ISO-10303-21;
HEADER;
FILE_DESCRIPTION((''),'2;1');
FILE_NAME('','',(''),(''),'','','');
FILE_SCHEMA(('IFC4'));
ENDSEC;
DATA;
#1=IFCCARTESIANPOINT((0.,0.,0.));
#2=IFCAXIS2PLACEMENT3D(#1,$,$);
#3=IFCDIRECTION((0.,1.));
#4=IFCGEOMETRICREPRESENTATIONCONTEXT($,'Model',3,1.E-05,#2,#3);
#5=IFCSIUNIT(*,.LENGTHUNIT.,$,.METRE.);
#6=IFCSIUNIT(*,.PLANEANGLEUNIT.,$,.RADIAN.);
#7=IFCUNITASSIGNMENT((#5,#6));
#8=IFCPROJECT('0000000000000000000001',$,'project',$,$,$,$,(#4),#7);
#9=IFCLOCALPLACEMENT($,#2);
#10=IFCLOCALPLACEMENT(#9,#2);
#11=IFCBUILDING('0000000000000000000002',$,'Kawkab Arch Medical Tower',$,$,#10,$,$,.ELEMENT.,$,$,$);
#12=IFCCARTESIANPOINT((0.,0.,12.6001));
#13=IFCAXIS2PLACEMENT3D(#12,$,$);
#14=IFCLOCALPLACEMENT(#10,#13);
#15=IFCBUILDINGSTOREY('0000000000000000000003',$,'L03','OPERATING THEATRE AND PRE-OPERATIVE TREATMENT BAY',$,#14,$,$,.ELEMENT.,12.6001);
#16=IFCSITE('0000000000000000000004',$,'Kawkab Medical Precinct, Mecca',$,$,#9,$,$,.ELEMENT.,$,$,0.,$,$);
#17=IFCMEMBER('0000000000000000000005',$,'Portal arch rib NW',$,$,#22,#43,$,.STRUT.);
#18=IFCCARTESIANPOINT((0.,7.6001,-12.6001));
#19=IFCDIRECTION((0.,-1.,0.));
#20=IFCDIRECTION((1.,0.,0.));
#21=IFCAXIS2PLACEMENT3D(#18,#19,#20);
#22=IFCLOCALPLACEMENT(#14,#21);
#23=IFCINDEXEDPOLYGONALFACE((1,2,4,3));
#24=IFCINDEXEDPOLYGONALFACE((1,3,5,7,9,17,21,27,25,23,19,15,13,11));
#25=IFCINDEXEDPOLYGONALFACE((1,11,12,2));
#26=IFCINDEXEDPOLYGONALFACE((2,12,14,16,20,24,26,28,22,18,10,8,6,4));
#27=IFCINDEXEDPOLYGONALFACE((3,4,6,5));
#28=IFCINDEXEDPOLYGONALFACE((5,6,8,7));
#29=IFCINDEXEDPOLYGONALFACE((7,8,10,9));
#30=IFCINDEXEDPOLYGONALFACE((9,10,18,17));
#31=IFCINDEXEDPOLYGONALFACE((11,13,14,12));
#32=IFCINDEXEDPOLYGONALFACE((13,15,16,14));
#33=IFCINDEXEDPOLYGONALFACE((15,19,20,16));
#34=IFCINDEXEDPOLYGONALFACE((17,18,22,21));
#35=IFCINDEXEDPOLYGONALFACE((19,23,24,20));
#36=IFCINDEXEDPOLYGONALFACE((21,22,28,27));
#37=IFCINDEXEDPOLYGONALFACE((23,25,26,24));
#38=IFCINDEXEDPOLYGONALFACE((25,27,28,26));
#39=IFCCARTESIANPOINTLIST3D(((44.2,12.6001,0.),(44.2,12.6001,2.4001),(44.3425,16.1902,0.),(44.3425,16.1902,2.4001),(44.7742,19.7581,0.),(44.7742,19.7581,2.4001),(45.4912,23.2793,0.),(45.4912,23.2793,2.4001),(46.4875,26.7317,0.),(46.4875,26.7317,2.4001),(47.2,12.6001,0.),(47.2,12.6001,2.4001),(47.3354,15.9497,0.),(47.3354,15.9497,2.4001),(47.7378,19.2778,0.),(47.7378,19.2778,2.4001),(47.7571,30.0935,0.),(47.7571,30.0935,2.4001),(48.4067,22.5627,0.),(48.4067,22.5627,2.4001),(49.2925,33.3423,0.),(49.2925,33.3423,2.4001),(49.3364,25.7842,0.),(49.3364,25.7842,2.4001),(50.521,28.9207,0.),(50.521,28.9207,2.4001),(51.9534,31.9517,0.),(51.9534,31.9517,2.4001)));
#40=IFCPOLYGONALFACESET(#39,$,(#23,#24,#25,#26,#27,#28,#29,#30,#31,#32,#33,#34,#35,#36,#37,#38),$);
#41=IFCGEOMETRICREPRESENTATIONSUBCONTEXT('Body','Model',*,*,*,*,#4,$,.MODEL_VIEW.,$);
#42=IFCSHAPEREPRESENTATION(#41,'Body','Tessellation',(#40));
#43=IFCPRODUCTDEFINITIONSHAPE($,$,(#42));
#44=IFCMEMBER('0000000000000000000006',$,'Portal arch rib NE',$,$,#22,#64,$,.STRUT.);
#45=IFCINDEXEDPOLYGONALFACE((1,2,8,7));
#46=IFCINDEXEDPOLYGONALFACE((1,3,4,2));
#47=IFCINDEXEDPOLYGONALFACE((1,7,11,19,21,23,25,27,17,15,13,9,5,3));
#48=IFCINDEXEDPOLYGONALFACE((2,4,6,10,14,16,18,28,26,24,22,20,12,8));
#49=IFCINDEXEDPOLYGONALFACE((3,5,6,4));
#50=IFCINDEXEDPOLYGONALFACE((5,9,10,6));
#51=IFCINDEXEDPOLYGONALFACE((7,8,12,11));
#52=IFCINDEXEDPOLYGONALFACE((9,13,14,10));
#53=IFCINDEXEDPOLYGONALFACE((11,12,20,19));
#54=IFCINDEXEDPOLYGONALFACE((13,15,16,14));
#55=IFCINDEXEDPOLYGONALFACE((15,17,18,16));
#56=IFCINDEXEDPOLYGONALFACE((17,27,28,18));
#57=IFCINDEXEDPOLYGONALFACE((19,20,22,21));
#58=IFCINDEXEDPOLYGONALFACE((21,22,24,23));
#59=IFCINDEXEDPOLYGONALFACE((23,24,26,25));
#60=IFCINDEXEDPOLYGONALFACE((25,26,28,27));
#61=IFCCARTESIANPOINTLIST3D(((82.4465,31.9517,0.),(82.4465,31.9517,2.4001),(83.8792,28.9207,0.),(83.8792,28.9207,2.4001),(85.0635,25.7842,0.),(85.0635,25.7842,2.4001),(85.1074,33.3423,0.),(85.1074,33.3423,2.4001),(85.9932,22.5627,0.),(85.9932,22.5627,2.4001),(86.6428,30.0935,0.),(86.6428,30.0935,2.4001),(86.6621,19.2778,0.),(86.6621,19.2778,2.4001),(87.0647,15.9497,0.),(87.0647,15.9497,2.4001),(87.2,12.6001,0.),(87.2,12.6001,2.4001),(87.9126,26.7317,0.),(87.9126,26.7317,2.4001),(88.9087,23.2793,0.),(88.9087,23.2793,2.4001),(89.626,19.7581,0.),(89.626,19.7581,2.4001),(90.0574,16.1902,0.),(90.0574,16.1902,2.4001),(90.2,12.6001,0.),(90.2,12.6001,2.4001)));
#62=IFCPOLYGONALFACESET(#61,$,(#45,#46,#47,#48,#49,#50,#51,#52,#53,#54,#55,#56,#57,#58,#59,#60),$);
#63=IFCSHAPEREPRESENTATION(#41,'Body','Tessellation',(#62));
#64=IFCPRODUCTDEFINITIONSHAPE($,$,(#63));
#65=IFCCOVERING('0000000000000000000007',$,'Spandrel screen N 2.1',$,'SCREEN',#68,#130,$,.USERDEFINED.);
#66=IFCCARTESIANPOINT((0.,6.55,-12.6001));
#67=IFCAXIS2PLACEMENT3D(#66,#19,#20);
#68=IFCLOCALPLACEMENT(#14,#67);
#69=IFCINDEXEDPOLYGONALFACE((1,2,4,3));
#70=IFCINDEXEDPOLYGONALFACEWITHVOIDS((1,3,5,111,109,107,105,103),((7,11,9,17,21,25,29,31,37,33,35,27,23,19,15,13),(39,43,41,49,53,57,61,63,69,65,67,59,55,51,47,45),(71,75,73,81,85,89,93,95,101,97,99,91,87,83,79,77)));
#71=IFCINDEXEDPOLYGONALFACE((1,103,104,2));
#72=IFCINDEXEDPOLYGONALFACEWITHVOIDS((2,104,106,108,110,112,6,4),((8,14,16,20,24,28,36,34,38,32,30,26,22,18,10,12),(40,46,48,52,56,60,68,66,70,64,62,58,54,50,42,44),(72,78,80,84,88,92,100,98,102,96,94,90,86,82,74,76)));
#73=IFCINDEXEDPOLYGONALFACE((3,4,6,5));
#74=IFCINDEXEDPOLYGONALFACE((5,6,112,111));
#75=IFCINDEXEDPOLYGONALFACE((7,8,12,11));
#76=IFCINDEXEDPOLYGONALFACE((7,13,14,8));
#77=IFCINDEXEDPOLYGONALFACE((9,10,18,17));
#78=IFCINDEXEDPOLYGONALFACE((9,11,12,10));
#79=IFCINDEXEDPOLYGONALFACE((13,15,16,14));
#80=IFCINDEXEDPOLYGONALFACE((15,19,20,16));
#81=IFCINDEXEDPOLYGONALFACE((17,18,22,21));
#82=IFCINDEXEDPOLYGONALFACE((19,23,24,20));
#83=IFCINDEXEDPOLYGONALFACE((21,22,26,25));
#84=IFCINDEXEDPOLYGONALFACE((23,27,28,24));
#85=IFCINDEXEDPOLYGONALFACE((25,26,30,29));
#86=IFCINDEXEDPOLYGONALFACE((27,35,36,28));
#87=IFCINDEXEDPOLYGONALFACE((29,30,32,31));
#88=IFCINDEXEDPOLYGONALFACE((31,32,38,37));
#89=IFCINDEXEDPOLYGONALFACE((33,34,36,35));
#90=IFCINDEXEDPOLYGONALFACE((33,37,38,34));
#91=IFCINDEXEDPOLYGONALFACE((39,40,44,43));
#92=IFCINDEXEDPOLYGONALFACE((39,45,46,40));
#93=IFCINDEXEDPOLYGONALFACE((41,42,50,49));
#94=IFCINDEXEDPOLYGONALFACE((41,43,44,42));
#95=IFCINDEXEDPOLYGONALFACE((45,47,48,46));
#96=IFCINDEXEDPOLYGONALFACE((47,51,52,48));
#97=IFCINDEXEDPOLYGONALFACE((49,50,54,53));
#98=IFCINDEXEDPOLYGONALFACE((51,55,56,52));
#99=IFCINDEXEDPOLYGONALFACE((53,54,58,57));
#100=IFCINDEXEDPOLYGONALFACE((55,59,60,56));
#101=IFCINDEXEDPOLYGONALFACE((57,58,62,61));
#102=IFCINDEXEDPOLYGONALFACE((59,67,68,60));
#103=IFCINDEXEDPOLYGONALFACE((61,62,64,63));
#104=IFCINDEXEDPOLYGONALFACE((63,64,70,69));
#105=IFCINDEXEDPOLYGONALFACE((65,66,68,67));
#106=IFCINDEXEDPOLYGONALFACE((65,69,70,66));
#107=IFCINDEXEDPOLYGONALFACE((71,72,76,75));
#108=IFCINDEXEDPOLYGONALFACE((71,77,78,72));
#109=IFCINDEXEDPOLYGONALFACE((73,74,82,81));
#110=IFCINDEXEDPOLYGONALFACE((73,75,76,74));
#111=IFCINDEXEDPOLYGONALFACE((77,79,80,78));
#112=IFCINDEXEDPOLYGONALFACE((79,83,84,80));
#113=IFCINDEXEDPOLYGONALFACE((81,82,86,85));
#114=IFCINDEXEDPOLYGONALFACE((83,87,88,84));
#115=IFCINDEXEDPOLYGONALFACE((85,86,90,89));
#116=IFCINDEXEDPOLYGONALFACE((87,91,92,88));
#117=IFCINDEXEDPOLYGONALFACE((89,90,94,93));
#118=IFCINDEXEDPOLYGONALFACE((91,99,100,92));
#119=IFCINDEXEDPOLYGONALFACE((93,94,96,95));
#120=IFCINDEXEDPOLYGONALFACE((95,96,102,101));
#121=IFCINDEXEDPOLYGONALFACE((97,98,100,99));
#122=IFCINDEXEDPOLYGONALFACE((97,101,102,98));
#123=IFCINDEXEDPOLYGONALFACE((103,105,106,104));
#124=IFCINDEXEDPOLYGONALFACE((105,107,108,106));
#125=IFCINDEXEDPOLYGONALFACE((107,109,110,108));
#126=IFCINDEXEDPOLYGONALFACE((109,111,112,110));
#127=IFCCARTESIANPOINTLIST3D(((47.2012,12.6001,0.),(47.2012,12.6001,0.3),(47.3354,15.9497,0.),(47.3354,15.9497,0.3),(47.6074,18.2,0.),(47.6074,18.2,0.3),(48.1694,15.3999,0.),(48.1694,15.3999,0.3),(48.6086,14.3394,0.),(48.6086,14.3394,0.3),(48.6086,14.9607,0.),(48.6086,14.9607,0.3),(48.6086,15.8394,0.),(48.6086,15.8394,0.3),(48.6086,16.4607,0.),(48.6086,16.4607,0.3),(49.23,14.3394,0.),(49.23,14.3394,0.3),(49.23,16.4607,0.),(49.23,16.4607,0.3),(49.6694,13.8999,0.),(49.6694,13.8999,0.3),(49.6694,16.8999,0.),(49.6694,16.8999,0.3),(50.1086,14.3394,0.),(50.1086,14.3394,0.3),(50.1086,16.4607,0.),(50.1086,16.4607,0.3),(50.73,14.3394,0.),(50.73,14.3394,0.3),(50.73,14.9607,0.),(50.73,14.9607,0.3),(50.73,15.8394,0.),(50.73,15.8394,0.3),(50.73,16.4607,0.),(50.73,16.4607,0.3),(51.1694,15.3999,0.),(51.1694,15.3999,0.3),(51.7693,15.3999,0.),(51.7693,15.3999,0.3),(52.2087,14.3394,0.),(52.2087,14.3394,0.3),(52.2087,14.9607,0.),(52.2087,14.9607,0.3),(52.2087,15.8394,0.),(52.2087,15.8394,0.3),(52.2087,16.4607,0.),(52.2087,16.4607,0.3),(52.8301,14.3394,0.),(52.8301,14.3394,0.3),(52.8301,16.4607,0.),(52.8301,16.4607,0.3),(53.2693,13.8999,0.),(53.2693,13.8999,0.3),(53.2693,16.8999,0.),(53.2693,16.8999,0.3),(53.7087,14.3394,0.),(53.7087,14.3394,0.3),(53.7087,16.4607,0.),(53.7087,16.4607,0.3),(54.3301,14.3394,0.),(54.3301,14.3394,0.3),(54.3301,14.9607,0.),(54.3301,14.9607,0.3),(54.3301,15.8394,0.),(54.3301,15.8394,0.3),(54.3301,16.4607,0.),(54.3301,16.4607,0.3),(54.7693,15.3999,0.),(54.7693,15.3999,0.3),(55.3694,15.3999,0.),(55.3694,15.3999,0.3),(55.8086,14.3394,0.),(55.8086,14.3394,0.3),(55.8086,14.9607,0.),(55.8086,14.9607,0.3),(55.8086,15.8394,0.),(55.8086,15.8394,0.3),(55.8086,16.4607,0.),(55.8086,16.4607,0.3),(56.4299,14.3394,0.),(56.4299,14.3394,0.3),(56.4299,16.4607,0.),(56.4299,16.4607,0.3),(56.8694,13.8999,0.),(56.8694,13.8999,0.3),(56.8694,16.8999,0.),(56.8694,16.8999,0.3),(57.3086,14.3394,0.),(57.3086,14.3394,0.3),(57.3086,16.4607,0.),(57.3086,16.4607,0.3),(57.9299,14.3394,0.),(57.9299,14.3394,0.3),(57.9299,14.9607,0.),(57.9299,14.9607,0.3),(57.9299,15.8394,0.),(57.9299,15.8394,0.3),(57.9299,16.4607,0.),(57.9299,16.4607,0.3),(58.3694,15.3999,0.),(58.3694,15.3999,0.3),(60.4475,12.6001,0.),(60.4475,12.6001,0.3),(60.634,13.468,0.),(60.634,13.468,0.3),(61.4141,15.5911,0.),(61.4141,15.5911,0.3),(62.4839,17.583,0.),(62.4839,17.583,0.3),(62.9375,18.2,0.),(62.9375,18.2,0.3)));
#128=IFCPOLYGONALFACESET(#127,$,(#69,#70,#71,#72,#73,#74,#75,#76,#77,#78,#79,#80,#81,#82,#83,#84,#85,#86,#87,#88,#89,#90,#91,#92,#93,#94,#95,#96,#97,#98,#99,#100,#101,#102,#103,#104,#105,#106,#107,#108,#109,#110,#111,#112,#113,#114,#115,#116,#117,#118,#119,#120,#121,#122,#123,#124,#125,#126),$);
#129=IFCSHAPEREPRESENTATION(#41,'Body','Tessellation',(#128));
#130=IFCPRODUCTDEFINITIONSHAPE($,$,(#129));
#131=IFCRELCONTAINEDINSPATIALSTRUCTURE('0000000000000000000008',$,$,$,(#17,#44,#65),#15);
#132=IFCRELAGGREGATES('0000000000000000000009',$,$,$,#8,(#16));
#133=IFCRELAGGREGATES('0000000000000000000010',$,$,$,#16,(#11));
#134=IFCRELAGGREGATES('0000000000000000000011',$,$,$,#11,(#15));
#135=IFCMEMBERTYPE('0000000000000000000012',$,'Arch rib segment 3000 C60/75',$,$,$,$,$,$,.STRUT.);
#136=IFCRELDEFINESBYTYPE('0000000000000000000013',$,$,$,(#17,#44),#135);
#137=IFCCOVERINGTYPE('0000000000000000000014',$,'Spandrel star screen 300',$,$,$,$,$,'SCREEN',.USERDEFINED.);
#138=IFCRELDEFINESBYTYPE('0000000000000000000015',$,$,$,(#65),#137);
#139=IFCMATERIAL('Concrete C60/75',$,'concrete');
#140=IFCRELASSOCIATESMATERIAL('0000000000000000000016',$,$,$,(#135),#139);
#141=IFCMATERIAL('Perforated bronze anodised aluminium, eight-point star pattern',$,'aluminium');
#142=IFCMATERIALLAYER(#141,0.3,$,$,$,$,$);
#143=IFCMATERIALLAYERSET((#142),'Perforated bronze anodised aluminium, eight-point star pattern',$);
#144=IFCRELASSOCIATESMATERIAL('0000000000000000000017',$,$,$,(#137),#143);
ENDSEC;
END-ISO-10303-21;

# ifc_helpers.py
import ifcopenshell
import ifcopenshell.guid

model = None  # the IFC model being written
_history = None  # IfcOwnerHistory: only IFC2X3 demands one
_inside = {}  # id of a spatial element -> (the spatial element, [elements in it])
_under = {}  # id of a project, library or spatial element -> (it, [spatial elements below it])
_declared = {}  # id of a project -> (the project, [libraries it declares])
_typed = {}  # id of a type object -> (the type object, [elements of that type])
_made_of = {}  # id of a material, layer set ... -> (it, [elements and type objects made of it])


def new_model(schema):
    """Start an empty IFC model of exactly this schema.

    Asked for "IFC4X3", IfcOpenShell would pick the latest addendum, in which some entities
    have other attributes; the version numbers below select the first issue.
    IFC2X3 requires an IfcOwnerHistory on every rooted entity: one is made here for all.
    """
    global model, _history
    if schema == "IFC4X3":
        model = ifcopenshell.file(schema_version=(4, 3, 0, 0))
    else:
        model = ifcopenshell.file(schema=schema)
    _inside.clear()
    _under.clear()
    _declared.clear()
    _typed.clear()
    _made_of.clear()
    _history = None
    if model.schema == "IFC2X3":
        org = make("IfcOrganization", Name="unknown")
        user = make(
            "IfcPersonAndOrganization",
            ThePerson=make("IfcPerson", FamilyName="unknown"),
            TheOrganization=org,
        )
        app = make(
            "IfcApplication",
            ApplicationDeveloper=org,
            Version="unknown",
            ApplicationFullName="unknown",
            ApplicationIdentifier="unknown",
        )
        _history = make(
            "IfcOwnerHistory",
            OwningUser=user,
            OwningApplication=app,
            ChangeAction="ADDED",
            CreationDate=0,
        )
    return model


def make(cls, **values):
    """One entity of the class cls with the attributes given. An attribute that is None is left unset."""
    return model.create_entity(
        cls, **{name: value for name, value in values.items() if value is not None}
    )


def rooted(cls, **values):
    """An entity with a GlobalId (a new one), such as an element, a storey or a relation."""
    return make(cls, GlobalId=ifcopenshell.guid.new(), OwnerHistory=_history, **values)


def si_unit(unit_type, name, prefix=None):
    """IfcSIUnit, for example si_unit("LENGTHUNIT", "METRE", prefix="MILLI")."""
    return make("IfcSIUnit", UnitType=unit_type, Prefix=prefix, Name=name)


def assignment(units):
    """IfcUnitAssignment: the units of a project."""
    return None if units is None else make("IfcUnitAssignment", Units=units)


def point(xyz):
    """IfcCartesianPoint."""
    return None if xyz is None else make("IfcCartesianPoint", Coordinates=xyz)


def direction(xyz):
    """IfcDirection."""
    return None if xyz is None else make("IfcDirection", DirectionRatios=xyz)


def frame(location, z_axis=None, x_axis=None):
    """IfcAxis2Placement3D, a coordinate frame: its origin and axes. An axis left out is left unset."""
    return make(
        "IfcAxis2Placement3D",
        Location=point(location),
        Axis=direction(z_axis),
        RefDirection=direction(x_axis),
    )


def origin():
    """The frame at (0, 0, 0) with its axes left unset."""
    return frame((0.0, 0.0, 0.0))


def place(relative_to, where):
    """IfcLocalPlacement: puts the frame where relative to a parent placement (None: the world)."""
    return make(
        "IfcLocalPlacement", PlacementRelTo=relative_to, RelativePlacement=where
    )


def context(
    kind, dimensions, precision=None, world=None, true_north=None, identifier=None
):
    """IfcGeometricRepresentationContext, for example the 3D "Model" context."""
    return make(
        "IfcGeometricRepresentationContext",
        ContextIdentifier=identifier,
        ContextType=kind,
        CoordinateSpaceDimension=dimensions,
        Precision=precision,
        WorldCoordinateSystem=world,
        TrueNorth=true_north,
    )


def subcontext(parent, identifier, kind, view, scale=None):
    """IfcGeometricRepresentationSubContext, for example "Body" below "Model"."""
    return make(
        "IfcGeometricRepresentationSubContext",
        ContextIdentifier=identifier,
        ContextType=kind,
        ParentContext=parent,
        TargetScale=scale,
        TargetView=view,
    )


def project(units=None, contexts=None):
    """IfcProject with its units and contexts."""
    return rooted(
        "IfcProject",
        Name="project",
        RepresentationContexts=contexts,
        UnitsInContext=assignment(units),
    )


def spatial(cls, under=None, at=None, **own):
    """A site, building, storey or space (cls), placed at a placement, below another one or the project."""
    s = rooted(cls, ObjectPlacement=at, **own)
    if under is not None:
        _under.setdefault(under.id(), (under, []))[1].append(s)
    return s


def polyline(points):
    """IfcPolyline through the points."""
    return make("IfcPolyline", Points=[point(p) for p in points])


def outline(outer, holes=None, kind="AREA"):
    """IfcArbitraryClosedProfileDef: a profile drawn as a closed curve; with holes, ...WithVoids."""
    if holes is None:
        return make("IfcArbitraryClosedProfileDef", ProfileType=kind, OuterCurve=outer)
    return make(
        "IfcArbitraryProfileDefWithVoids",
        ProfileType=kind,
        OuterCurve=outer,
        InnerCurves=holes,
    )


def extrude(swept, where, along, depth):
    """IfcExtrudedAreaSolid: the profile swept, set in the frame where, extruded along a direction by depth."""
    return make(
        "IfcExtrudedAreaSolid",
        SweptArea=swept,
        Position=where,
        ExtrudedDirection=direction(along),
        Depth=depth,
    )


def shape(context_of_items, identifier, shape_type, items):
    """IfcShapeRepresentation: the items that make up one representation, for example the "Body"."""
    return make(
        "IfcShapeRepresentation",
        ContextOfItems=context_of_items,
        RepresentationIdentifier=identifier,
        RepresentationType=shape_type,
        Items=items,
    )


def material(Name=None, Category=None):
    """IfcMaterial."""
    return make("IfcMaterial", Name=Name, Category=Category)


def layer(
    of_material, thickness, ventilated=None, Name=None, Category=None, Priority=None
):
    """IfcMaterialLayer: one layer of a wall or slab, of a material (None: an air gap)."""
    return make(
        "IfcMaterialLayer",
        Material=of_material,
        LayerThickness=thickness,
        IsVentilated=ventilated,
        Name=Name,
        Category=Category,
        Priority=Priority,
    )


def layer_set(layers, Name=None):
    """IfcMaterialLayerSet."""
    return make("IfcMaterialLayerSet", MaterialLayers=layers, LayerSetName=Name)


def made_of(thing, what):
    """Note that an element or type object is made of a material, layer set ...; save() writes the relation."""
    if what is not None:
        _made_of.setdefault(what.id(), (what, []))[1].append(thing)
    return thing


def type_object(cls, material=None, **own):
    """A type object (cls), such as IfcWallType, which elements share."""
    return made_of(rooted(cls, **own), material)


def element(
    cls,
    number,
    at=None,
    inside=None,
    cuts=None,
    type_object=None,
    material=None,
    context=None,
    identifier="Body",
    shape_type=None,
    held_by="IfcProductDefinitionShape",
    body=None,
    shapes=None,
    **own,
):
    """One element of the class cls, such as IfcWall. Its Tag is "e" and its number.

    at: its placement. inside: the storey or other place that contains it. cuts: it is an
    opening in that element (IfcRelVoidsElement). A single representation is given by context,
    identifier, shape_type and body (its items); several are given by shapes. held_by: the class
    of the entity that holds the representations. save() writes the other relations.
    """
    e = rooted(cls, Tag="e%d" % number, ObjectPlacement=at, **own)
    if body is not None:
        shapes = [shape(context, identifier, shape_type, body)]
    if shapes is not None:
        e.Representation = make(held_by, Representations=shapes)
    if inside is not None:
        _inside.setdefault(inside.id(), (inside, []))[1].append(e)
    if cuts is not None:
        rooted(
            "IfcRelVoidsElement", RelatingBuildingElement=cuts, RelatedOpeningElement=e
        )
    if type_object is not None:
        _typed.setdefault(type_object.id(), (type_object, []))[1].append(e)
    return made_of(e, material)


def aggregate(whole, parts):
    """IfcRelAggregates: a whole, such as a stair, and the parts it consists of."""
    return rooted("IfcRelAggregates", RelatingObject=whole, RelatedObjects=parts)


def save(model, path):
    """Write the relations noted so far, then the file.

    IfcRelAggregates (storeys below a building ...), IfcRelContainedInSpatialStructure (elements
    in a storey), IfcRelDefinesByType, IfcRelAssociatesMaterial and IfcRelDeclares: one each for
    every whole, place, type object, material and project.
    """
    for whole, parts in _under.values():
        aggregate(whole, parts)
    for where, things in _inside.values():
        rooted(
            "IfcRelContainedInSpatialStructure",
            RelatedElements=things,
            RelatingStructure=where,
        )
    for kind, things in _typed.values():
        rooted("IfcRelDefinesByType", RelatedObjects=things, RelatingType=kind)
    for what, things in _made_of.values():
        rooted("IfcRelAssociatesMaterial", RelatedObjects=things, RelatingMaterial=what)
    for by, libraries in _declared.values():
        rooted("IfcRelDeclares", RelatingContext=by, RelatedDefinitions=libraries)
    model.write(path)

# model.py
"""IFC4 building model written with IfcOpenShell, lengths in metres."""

from ifc_helpers import new_model, si_unit, direction, frame, origin, place, context, subcontext, project, spatial, polyline, outline, extrude, material, layer, layer_set, type_object, element, save


model = new_model("IFC4")

# Units and contexts
model_context = context("Model", 3, precision=1e-05, world=origin(), true_north=direction((0.0, 1.0)))
body_context = subcontext(model_context, "Body", "Model", "MODEL_VIEW")
ifc_project = project(units=[si_unit("LENGTHUNIT", "METRE"), si_unit("PLANEANGLEUNIT", "RADIAN")], contexts=[model_context])

# Site, building, storey
site_placement = place(None, origin())
site = spatial("IfcSite", under=ifc_project, at=site_placement, Name="Kawkab Medical Precinct, Mecca", CompositionType="ELEMENT", RefElevation=0.0)
building_placement = place(site_placement, origin())
building = spatial("IfcBuilding", under=site, at=building_placement, Name="Kawkab Arch Medical Tower", CompositionType="ELEMENT")
storey_placement = place(building_placement, frame((0.0, 0.0, 12.6001)))
storey = spatial("IfcBuildingStorey", under=building, at=storey_placement, Name="L03", Description="OPERATING THEATRE AND PRE-OPERATIVE TREATMENT BAY", CompositionType="ELEMENT", Elevation=12.6001)

# Members
ifc_material_1 = material(Name="Concrete C60/75", Category="concrete")
member_type = type_object("IfcMemberType", Name="Arch rib segment 3000 C60/75", PredefinedType="STRUT", material=ifc_material_1)
placement_1 = place(storey_placement, frame((0.0, 7.6001, -12.6001), z_axis=(0.0, -1.0, 0.0), x_axis=(1.0, 0.0, 0.0)))
element("IfcMember", 1, at=placement_1, inside=storey, type_object=member_type, Name="Portal arch rib NW", PredefinedType="STRUT", context=body_context, shape_type="SweptSolid", body=[
    extrude(outline(polyline([(47.2, 12.6001), (47.3354, 15.9497), (47.7378, 19.2778), (48.4067, 22.5627), (49.3364, 25.7842), (50.521, 28.9207), (51.9534, 31.9517), (49.2925, 33.3423), (47.7571, 30.0935), (46.4875, 26.7317), (45.4912, 23.2793), (44.7742, 19.7581), (44.3425, 16.1902), (44.2, 12.6001), (47.2, 12.6001)])), origin(), (0.0, 0.0, 1.0), 2.4001),
])
element("IfcMember", 2, at=placement_1, inside=storey, type_object=member_type, Name="Portal arch rib NE", PredefinedType="STRUT", context=body_context, shape_type="SweptSolid", body=[
    extrude(outline(polyline([(82.4465, 31.9517), (83.8792, 28.9207), (85.0635, 25.7842), (85.9932, 22.5627), (86.6621, 19.2778), (87.0647, 15.9497), (87.2, 12.6001), (90.2, 12.6001), (90.0574, 16.1902), (89.626, 19.7581), (88.9087, 23.2793), (87.9126, 26.7317), (86.6428, 30.0935), (85.1074, 33.3423), (82.4465, 31.9517)])), origin(), (0.0, 0.0, 1.0), 2.4001),
])

# Covering
ifc_material_2 = material(Name="Perforated bronze anodised aluminium, eight-point star pattern", Category="aluminium")
ifc_layer_1 = layer(ifc_material_2, 0.3)
ifc_layer_set_1 = layer_set([ifc_layer_1], Name="Perforated bronze anodised aluminium, eight-point star pattern")
covering_type = type_object("IfcCoveringType", Name="Spandrel star screen 300", ElementType="SCREEN", PredefinedType="USERDEFINED", material=ifc_layer_set_1)
placement_2 = place(storey_placement, frame((0.0, 6.55, -12.6001), z_axis=(0.0, -1.0, 0.0), x_axis=(1.0, 0.0, 0.0)))
element("IfcCovering", 3, at=placement_2, inside=storey, type_object=covering_type, Name="Spandrel screen N 2.1", ObjectType="SCREEN", PredefinedType="USERDEFINED", context=body_context, shape_type="SweptSolid", body=[
    extrude(outline(polyline([(47.2012, 12.6001), (60.4475, 12.6001), (60.634, 13.468), (61.4141, 15.5911), (62.4839, 17.583), (62.9375, 18.2), (47.6074, 18.2), (47.3354, 15.9497), (47.2012, 12.6001)]), holes=[polyline([(51.1694, 15.3999), (50.73, 15.8394), (50.73, 16.4607), (50.1086, 16.4607), (49.6694, 16.8999), (49.23, 16.4607), (48.6086, 16.4607), (48.6086, 15.8394), (48.1694, 15.3999), (48.6086, 14.9607), (48.6086, 14.3394), (49.23, 14.3394), (49.6694, 13.8999), (50.1086, 14.3394), (50.73, 14.3394), (50.73, 14.9607), (51.1694, 15.3999)]), polyline([(54.7693, 15.3999), (54.3301, 15.8394), (54.3301, 16.4607), (53.7087, 16.4607), (53.2693, 16.8999), (52.8301, 16.4607), (52.2087, 16.4607), (52.2087, 15.8394), (51.7693, 15.3999), (52.2087, 14.9607), (52.2087, 14.3394), (52.8301, 14.3394), (53.2693, 13.8999), (53.7087, 14.3394), (54.3301, 14.3394), (54.3301, 14.9607), (54.7693, 15.3999)]), polyline([(58.3694, 15.3999), (57.9299, 15.8394), (57.9299, 16.4607), (57.3086, 16.4607), (56.8694, 16.8999), (56.4299, 16.4607), (55.8086, 16.4607), (55.8086, 15.8394), (55.3694, 15.3999), (55.8086, 14.9607), (55.8086, 14.3394), (56.4299, 14.3394), (56.8694, 13.8999), (57.3086, 14.3394), (57.9299, 14.3394), (57.9299, 14.9607), (58.3694, 15.3999)])]), origin(), (0.0, 0.0, 1.0), 0.3),
])

save(model, "model.ifc")
